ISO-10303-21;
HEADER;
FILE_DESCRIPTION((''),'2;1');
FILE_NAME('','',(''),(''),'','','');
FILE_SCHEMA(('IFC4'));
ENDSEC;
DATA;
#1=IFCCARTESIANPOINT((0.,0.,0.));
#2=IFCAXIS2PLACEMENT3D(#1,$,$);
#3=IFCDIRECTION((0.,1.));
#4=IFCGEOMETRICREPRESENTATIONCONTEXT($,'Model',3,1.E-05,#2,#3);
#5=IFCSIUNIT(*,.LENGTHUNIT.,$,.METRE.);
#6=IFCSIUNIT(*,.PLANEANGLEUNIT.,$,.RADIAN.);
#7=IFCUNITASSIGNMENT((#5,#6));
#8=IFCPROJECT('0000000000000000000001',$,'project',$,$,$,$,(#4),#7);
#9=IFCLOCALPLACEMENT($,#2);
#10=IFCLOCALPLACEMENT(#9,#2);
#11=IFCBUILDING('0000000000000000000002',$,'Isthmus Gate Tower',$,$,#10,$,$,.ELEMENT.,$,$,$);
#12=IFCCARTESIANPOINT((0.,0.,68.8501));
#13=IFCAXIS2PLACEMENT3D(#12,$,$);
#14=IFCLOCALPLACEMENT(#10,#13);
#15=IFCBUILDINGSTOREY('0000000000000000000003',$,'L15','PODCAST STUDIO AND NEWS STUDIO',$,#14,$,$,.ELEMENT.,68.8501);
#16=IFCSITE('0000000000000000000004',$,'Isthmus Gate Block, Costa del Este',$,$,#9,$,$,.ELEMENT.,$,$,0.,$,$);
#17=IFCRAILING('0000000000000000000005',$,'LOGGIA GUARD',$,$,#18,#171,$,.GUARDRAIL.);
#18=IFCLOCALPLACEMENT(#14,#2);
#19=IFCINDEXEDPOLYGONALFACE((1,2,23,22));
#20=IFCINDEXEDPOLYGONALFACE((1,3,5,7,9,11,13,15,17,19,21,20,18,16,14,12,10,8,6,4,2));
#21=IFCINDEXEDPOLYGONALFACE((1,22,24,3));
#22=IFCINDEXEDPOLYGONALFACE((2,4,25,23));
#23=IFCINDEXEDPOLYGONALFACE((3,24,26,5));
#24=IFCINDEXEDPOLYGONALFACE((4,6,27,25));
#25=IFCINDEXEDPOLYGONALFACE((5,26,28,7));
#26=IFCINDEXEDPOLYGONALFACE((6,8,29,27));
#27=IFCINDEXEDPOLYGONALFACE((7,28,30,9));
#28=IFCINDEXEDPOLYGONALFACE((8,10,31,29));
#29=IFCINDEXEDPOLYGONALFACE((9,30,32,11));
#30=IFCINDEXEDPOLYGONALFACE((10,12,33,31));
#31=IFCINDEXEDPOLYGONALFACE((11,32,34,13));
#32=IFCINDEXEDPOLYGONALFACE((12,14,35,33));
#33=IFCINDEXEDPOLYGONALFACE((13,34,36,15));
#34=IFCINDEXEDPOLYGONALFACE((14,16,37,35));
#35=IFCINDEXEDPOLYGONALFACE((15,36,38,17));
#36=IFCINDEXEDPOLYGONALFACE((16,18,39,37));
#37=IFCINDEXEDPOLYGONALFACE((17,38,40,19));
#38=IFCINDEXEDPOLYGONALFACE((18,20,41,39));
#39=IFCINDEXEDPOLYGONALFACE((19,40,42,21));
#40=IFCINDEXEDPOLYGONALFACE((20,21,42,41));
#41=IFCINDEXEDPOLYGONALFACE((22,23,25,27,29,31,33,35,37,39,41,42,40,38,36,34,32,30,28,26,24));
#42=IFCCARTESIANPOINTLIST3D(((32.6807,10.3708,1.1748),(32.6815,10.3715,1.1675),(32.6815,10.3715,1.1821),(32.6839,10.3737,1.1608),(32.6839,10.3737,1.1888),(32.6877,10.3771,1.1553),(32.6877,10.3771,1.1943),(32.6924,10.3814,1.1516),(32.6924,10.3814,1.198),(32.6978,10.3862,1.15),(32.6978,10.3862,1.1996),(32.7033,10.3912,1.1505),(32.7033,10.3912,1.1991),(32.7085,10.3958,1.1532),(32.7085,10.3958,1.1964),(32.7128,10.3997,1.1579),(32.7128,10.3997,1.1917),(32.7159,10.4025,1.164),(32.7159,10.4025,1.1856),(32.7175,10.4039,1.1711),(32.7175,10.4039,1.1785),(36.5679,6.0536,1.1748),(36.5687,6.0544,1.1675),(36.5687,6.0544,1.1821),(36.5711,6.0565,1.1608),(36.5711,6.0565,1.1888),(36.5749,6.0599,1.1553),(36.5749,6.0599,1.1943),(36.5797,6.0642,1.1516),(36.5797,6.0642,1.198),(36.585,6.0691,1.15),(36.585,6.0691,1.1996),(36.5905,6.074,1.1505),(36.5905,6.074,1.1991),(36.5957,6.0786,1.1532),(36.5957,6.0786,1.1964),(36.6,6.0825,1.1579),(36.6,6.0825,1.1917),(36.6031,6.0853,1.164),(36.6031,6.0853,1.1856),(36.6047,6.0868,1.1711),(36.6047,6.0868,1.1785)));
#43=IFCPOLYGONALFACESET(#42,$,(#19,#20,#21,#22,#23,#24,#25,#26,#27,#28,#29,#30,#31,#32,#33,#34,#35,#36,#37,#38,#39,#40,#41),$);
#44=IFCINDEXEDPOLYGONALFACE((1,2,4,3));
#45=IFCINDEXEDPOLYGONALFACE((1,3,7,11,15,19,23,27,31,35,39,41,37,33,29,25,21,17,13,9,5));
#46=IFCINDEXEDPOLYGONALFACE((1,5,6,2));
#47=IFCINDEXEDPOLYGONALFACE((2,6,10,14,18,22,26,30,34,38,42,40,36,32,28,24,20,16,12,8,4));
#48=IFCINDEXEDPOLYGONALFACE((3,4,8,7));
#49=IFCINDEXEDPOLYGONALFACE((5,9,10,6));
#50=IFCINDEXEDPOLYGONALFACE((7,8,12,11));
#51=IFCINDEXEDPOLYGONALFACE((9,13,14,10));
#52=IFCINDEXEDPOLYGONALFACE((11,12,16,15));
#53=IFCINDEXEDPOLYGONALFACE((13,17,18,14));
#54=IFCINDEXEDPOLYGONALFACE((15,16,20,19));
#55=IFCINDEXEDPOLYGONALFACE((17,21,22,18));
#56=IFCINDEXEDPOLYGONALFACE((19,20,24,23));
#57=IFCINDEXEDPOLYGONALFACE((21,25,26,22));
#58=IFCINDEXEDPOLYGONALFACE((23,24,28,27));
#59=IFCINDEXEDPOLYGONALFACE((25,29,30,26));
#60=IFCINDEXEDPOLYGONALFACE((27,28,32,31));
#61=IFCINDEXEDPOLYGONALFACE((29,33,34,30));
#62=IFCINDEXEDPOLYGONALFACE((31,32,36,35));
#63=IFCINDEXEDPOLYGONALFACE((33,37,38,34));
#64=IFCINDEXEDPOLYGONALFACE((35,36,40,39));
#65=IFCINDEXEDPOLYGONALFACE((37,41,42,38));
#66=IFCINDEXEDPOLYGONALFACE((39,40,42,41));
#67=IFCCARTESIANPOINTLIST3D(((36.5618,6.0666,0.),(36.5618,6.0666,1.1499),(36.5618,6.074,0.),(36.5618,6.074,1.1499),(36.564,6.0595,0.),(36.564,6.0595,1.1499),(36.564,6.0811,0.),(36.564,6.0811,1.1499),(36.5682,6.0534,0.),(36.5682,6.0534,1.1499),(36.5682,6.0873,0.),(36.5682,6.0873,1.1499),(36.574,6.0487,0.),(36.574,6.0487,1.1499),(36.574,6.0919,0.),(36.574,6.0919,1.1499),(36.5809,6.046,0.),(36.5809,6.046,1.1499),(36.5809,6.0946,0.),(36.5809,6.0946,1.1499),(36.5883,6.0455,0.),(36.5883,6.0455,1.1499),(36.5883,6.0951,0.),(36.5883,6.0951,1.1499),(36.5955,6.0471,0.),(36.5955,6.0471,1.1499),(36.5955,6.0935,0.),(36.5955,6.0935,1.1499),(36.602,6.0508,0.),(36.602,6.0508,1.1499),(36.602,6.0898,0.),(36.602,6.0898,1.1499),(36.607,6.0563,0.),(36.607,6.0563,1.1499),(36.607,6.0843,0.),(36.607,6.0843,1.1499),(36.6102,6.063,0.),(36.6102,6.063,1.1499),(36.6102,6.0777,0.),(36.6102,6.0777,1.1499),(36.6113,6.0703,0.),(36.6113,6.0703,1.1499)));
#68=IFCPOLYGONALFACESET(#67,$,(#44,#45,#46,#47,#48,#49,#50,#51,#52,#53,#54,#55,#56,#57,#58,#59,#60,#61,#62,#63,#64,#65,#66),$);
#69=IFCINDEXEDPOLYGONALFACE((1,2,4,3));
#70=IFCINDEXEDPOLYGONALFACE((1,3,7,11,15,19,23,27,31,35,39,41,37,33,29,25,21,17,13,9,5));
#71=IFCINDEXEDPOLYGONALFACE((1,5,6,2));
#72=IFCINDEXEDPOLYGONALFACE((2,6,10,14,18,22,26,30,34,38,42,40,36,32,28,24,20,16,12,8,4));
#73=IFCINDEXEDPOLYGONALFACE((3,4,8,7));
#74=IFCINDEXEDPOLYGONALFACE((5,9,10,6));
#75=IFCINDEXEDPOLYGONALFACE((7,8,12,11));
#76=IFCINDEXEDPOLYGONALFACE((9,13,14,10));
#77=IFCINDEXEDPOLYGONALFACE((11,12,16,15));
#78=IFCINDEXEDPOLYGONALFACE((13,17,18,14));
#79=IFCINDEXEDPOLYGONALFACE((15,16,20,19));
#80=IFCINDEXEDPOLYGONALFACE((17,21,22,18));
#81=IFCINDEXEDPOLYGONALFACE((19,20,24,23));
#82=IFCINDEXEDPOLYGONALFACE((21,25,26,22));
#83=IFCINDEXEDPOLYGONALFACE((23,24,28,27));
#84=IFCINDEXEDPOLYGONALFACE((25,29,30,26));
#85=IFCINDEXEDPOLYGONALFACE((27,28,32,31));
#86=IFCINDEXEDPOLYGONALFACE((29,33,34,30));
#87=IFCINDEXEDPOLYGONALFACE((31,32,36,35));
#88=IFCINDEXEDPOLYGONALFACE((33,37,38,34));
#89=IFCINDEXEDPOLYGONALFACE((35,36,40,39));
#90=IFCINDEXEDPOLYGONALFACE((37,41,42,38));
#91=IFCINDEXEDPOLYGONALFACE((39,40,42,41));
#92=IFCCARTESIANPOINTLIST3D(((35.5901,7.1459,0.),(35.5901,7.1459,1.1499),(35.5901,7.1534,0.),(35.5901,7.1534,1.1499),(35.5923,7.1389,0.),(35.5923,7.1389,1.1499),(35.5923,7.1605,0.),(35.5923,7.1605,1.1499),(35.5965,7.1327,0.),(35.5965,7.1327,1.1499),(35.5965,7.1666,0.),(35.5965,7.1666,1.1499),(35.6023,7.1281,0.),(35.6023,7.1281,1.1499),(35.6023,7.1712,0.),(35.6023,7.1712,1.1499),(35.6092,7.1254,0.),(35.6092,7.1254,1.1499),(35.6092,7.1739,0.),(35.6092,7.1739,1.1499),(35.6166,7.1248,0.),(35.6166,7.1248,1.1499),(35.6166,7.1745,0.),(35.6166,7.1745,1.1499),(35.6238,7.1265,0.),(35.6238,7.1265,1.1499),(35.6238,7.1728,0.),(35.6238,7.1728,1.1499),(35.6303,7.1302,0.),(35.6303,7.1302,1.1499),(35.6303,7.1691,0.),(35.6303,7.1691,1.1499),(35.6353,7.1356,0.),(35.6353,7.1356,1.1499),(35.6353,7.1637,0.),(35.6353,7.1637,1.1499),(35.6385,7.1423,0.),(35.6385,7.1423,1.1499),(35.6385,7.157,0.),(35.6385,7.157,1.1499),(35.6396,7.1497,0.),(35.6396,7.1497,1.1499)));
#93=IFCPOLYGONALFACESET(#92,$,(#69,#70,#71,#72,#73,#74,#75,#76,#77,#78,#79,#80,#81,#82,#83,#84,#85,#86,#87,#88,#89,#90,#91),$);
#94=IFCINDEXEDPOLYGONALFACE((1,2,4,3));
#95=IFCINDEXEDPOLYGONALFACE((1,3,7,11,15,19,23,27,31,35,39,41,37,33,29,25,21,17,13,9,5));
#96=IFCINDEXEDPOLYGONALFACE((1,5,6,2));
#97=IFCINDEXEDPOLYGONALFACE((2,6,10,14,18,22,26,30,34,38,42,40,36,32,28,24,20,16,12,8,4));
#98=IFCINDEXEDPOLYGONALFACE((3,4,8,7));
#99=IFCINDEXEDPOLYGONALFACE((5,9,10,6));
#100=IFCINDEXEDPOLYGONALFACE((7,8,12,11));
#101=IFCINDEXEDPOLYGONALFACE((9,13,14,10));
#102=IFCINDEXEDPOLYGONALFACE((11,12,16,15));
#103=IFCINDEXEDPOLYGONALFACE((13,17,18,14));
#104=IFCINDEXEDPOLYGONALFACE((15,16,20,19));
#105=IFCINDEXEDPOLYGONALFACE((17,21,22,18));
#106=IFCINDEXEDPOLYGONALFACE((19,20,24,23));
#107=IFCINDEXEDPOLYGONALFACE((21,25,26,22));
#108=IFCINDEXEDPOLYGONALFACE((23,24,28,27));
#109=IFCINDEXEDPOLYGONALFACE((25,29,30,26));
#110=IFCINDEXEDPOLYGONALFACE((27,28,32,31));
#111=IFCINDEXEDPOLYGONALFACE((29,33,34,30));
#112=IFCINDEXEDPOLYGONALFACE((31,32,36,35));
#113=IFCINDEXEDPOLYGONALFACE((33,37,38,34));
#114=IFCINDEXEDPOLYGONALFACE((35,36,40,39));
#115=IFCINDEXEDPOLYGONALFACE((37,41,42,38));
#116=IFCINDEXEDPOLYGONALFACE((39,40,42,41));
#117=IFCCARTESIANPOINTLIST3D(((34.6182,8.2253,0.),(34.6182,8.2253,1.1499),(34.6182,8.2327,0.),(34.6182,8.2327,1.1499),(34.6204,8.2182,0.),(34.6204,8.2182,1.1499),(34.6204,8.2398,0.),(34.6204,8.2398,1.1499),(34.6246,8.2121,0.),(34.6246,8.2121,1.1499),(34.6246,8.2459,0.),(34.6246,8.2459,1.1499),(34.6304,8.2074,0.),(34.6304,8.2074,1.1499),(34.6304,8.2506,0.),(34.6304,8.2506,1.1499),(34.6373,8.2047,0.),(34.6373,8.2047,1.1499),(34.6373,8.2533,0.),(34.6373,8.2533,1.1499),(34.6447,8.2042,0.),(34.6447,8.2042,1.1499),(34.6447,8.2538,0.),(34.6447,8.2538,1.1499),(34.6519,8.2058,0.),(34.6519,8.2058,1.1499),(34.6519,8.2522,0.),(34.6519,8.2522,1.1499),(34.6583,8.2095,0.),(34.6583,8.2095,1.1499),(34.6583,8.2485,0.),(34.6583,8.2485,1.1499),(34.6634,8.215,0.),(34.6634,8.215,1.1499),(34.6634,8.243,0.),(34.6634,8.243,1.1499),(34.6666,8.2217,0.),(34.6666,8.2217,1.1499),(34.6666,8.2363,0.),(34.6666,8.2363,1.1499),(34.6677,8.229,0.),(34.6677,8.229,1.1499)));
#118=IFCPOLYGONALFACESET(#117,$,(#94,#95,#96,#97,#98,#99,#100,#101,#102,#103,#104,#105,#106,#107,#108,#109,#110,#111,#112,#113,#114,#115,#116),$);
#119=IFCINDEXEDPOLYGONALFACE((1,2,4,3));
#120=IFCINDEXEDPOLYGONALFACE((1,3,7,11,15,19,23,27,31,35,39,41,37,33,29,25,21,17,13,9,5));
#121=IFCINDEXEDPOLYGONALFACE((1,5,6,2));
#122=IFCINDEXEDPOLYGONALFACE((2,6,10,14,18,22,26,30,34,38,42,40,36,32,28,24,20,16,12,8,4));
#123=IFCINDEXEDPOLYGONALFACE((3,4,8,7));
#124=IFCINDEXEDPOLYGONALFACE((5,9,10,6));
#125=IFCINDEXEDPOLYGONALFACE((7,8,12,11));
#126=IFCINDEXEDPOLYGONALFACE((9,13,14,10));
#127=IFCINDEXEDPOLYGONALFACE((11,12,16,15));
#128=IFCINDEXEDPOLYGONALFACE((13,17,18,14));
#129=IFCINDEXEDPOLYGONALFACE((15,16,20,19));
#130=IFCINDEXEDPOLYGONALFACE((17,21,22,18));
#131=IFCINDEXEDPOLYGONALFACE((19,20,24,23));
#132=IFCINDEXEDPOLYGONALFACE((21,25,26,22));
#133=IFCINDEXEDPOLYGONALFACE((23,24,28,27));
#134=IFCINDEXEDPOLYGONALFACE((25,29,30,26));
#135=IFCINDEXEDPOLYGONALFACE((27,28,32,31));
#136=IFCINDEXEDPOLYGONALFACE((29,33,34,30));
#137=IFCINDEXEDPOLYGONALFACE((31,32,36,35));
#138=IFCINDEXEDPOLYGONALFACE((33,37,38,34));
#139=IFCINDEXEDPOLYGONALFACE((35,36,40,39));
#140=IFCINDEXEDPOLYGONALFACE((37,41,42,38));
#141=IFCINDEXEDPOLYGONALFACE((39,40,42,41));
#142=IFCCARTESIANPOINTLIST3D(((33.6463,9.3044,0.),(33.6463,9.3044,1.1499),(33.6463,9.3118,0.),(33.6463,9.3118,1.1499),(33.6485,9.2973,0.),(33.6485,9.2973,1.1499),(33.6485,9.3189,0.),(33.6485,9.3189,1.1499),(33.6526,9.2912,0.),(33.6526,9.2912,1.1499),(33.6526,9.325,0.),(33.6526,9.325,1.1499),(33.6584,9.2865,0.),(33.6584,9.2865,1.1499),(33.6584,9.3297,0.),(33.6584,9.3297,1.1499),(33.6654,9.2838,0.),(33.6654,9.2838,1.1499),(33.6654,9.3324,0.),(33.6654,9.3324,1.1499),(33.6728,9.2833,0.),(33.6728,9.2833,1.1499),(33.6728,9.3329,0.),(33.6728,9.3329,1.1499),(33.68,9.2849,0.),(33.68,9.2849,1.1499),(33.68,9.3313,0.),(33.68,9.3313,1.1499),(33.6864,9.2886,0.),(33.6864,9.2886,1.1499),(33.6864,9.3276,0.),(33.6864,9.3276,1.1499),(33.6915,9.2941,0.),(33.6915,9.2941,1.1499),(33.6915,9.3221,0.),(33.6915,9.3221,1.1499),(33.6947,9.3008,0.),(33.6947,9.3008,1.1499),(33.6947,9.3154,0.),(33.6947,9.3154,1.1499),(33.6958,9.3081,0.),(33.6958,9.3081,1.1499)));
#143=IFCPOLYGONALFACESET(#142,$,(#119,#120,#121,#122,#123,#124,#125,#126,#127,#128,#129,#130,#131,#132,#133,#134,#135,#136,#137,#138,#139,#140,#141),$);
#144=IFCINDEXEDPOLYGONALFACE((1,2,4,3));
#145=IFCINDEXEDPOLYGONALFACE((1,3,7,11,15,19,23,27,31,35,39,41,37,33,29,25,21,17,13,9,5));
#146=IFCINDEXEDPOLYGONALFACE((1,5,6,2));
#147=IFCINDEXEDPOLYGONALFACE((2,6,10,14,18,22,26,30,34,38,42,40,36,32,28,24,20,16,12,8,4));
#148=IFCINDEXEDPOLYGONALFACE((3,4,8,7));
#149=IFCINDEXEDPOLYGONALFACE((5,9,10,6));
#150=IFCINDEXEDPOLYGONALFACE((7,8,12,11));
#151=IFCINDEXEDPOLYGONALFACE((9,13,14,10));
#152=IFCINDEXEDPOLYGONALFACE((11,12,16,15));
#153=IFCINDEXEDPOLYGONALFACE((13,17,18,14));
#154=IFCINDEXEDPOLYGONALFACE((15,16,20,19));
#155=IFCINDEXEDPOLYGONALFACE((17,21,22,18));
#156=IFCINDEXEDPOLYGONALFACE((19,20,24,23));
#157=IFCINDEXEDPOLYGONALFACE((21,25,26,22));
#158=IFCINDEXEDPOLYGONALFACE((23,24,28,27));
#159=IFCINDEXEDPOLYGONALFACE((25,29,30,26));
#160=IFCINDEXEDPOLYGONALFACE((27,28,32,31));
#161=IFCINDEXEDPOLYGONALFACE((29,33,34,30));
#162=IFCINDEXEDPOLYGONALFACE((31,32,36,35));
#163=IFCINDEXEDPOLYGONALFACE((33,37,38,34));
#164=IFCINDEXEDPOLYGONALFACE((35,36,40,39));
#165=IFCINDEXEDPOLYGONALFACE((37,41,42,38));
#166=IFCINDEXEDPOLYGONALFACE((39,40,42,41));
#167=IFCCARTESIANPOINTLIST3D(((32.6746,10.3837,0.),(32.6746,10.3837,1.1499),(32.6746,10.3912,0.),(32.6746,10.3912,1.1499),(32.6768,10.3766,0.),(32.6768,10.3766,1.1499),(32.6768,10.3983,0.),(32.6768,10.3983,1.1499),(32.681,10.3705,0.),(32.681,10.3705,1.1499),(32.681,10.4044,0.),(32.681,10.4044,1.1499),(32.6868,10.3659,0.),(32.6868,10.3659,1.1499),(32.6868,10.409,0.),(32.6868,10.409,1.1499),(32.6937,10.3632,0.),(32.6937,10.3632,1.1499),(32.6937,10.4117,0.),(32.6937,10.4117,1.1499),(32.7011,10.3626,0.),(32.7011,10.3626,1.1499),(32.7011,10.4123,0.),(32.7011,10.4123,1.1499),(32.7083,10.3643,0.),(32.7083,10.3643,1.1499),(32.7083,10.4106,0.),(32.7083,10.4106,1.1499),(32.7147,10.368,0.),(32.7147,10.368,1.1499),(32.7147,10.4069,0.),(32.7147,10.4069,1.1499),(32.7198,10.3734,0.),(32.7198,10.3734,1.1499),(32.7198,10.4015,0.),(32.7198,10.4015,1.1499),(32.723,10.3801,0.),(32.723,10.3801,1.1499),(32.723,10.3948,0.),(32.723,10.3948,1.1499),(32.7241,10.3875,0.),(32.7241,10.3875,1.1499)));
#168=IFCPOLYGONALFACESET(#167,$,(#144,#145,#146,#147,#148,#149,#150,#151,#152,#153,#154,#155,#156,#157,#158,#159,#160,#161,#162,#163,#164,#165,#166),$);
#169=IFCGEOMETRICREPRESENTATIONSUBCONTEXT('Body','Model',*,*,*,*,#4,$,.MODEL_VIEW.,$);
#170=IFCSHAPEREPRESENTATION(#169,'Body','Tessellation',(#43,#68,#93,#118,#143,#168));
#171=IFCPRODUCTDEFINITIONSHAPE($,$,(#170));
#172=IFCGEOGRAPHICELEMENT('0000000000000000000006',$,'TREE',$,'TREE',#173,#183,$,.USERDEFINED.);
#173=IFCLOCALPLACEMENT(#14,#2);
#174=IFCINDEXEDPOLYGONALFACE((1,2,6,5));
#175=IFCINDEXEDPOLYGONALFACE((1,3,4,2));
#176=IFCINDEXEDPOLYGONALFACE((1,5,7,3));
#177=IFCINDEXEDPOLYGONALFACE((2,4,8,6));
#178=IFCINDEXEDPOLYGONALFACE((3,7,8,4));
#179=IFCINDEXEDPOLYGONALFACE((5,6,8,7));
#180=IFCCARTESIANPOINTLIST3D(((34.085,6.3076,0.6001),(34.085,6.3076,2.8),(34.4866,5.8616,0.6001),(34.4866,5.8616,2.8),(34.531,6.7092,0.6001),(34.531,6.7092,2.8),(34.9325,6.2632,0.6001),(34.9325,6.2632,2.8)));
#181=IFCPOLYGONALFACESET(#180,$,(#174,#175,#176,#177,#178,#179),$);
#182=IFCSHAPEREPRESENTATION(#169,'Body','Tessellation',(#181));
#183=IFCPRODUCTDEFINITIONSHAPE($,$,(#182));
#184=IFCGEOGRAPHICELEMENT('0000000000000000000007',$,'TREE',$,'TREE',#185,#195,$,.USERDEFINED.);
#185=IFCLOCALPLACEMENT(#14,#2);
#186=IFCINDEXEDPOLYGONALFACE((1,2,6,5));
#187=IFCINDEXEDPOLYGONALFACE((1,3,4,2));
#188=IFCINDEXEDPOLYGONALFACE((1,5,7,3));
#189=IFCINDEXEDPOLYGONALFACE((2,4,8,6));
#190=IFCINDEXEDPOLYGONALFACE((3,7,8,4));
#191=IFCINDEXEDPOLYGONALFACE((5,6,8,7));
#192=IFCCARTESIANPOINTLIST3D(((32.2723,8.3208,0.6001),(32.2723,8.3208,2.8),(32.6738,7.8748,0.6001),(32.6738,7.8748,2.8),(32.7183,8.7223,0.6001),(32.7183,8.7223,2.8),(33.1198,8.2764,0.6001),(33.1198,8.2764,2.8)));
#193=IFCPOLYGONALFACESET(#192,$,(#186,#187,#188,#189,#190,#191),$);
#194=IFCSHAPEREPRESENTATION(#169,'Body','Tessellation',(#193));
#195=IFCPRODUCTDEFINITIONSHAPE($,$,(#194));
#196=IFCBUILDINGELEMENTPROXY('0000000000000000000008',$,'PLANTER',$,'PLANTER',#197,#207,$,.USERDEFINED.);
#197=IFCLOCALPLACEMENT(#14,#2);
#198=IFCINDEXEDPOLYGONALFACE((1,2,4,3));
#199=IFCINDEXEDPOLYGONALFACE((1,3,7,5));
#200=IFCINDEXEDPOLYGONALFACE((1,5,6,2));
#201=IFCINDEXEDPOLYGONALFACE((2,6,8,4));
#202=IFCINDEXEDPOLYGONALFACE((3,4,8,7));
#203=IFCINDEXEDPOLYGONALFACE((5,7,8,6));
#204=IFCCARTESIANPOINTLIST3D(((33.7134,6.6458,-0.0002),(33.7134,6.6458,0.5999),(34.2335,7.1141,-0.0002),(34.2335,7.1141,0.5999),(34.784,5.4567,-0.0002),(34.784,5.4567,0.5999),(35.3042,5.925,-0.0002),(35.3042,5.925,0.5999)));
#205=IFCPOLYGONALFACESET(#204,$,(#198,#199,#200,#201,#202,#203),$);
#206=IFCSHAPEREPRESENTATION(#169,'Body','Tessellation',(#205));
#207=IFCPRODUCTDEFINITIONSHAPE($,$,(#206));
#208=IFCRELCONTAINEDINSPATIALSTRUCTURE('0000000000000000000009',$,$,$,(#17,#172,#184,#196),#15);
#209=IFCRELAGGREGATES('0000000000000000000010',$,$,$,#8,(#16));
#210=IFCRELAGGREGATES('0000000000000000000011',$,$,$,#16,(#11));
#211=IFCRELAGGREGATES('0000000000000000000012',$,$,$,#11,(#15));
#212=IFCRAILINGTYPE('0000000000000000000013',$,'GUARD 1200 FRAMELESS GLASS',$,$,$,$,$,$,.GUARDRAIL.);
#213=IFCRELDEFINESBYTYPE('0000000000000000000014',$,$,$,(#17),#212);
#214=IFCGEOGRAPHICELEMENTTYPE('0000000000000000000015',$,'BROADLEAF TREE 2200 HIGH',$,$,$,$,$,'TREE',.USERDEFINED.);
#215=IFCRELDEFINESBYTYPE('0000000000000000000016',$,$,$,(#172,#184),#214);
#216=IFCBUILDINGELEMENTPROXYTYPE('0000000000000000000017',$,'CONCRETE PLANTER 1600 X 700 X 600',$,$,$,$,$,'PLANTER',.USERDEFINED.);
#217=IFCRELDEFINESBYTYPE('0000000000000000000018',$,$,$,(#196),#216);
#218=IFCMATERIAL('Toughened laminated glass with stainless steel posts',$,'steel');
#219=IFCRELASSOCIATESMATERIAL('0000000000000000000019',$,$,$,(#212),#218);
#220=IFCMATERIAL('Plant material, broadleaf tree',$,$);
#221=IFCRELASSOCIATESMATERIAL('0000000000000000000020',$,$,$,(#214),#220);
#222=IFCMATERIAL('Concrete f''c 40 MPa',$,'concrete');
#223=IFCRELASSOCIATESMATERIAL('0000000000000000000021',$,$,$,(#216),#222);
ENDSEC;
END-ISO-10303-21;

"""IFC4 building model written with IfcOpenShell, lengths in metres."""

from ifc_helpers import new_model, si_unit, direction, frame, origin, origin_2d, place, context, subcontext, project, spatial, rectangle, circle, extrude, material, type_object, element, save


model = new_model("IFC4")

# Units and contexts
model_context = context("Model", 3, precision=1e-05, world=origin(), true_north=direction((0.0, 1.0)))
body_context = subcontext(model_context, "Body", "Model", "MODEL_VIEW")
ifc_project = project(units=[si_unit("LENGTHUNIT", "METRE"), si_unit("PLANEANGLEUNIT", "RADIAN")], contexts=[model_context])

# Site, building, storey
site_placement = place(None, origin())
site = spatial("IfcSite", under=ifc_project, at=site_placement, Name="Isthmus Gate Block, Costa del Este", CompositionType="ELEMENT", RefElevation=0.0)
building_placement = place(site_placement, origin())
building = spatial("IfcBuilding", under=site, at=building_placement, Name="Isthmus Gate Tower", CompositionType="ELEMENT")
storey_placement = place(building_placement, frame((0.0, 0.0, 68.8501)))
storey = spatial("IfcBuildingStorey", under=building, at=storey_placement, Name="L15", Description="PODCAST STUDIO AND NEWS STUDIO", CompositionType="ELEMENT", Elevation=68.8501)

# Railing
ifc_material_1 = material(Name="Toughened laminated glass with stainless steel posts", Category="steel")
railing_type = type_object("IfcRailingType", Name="GUARD 1200 FRAMELESS GLASS", PredefinedType="GUARDRAIL", material=ifc_material_1)
railing_placement = place(storey_placement, frame((36.5864, 6.0703, 0.0)))
element("IfcRailing", 1, at=railing_placement, inside=storey, type_object=railing_type, Name="LOGGIA GUARD", PredefinedType="GUARDRAIL", context=body_context, shape_type="SweptSolid", body=[
    extrude(circle(Radius=0.0249, at=origin_2d()), frame((0.0, 0.0, 1.1748), z_axis=(-0.669134, 0.743142, 0.0), x_axis=(-0.743142, -0.669134, 0.0)), (0.0, 0.0, 1.0), 5.8093),
    extrude(circle(Radius=0.0249, at=origin_2d()), origin(), (0.0, 0.0, 1.0), 1.1499),
    extrude(circle(Radius=0.0249, at=origin_2d()), frame((-0.9717, 1.0793, 0.0)), (0.0, 0.0, 1.0), 1.1499),
    extrude(circle(Radius=0.0249, at=origin_2d()), frame((-1.9436, 2.1587, 0.0)), (0.0, 0.0, 1.0), 1.1499),
    extrude(circle(Radius=0.0249, at=origin_2d()), frame((-2.9155, 3.2378, 0.0)), (0.0, 0.0, 1.0), 1.1499),
    extrude(circle(Radius=0.0249, at=origin_2d()), frame((-3.8872, 4.3171, 0.0)), (0.0, 0.0, 1.0), 1.1499),
])

# Geographic elements
ifc_material_2 = material(Name="Plant material, broadleaf tree")
geographic_element_type = type_object("IfcGeographicElementType", Name="BROADLEAF TREE 2200 HIGH", ElementType="TREE", PredefinedType="USERDEFINED", material=ifc_material_2)
for number, where, z_axis, x_axis, name in (
    (2, (34.5088, 6.2854, 0.6001), (0.0, 0.0, 1.0), (-0.669131, 0.743145, 0.0), "TREE"),
    (3, (32.696, 8.2986, 0.6001), (0.0, 0.0, 1.0), (-0.669131, 0.743145, 0.0), "TREE"),
):
    element("IfcGeographicElement", number, at=place(storey_placement, frame(where, z_axis=z_axis, x_axis=x_axis)), inside=storey, type_object=geographic_element_type, Name=name, ObjectType="TREE", PredefinedType="USERDEFINED", context=body_context, shape_type="SweptSolid", body=[
        extrude(rectangle(XDim=0.6001, YDim=0.6001, at=origin_2d()), origin(), (0.0, 0.0, 1.0), 2.2),
    ])

# Building element proxy
ifc_material_3 = material(Name="Concrete f'c 40 MPa", Category="concrete")
building_element_proxy_type = type_object("IfcBuildingElementProxyType", Name="CONCRETE PLANTER 1600 X 700 X 600", ElementType="PLANTER", PredefinedType="USERDEFINED", material=ifc_material_3)
for number, where, z_axis, x_axis, name in (
    (4, (34.5088, 6.2854, -0.0002), (0.0, 0.0, 1.0), (-0.669131, 0.743145, 0.0), "PLANTER"),
):
    element("IfcBuildingElementProxy", number, at=place(storey_placement, frame(where, z_axis=z_axis, x_axis=x_axis)), inside=storey, type_object=building_element_proxy_type, Name=name, ObjectType="PLANTER", PredefinedType="USERDEFINED", context=body_context, shape_type="SweptSolid", body=[
        extrude(rectangle(XDim=1.6001, YDim=0.7, at=origin_2d()), origin(), (0.0, 0.0, 1.0), 0.6001),
    ])

save(model, "model.ifc")
